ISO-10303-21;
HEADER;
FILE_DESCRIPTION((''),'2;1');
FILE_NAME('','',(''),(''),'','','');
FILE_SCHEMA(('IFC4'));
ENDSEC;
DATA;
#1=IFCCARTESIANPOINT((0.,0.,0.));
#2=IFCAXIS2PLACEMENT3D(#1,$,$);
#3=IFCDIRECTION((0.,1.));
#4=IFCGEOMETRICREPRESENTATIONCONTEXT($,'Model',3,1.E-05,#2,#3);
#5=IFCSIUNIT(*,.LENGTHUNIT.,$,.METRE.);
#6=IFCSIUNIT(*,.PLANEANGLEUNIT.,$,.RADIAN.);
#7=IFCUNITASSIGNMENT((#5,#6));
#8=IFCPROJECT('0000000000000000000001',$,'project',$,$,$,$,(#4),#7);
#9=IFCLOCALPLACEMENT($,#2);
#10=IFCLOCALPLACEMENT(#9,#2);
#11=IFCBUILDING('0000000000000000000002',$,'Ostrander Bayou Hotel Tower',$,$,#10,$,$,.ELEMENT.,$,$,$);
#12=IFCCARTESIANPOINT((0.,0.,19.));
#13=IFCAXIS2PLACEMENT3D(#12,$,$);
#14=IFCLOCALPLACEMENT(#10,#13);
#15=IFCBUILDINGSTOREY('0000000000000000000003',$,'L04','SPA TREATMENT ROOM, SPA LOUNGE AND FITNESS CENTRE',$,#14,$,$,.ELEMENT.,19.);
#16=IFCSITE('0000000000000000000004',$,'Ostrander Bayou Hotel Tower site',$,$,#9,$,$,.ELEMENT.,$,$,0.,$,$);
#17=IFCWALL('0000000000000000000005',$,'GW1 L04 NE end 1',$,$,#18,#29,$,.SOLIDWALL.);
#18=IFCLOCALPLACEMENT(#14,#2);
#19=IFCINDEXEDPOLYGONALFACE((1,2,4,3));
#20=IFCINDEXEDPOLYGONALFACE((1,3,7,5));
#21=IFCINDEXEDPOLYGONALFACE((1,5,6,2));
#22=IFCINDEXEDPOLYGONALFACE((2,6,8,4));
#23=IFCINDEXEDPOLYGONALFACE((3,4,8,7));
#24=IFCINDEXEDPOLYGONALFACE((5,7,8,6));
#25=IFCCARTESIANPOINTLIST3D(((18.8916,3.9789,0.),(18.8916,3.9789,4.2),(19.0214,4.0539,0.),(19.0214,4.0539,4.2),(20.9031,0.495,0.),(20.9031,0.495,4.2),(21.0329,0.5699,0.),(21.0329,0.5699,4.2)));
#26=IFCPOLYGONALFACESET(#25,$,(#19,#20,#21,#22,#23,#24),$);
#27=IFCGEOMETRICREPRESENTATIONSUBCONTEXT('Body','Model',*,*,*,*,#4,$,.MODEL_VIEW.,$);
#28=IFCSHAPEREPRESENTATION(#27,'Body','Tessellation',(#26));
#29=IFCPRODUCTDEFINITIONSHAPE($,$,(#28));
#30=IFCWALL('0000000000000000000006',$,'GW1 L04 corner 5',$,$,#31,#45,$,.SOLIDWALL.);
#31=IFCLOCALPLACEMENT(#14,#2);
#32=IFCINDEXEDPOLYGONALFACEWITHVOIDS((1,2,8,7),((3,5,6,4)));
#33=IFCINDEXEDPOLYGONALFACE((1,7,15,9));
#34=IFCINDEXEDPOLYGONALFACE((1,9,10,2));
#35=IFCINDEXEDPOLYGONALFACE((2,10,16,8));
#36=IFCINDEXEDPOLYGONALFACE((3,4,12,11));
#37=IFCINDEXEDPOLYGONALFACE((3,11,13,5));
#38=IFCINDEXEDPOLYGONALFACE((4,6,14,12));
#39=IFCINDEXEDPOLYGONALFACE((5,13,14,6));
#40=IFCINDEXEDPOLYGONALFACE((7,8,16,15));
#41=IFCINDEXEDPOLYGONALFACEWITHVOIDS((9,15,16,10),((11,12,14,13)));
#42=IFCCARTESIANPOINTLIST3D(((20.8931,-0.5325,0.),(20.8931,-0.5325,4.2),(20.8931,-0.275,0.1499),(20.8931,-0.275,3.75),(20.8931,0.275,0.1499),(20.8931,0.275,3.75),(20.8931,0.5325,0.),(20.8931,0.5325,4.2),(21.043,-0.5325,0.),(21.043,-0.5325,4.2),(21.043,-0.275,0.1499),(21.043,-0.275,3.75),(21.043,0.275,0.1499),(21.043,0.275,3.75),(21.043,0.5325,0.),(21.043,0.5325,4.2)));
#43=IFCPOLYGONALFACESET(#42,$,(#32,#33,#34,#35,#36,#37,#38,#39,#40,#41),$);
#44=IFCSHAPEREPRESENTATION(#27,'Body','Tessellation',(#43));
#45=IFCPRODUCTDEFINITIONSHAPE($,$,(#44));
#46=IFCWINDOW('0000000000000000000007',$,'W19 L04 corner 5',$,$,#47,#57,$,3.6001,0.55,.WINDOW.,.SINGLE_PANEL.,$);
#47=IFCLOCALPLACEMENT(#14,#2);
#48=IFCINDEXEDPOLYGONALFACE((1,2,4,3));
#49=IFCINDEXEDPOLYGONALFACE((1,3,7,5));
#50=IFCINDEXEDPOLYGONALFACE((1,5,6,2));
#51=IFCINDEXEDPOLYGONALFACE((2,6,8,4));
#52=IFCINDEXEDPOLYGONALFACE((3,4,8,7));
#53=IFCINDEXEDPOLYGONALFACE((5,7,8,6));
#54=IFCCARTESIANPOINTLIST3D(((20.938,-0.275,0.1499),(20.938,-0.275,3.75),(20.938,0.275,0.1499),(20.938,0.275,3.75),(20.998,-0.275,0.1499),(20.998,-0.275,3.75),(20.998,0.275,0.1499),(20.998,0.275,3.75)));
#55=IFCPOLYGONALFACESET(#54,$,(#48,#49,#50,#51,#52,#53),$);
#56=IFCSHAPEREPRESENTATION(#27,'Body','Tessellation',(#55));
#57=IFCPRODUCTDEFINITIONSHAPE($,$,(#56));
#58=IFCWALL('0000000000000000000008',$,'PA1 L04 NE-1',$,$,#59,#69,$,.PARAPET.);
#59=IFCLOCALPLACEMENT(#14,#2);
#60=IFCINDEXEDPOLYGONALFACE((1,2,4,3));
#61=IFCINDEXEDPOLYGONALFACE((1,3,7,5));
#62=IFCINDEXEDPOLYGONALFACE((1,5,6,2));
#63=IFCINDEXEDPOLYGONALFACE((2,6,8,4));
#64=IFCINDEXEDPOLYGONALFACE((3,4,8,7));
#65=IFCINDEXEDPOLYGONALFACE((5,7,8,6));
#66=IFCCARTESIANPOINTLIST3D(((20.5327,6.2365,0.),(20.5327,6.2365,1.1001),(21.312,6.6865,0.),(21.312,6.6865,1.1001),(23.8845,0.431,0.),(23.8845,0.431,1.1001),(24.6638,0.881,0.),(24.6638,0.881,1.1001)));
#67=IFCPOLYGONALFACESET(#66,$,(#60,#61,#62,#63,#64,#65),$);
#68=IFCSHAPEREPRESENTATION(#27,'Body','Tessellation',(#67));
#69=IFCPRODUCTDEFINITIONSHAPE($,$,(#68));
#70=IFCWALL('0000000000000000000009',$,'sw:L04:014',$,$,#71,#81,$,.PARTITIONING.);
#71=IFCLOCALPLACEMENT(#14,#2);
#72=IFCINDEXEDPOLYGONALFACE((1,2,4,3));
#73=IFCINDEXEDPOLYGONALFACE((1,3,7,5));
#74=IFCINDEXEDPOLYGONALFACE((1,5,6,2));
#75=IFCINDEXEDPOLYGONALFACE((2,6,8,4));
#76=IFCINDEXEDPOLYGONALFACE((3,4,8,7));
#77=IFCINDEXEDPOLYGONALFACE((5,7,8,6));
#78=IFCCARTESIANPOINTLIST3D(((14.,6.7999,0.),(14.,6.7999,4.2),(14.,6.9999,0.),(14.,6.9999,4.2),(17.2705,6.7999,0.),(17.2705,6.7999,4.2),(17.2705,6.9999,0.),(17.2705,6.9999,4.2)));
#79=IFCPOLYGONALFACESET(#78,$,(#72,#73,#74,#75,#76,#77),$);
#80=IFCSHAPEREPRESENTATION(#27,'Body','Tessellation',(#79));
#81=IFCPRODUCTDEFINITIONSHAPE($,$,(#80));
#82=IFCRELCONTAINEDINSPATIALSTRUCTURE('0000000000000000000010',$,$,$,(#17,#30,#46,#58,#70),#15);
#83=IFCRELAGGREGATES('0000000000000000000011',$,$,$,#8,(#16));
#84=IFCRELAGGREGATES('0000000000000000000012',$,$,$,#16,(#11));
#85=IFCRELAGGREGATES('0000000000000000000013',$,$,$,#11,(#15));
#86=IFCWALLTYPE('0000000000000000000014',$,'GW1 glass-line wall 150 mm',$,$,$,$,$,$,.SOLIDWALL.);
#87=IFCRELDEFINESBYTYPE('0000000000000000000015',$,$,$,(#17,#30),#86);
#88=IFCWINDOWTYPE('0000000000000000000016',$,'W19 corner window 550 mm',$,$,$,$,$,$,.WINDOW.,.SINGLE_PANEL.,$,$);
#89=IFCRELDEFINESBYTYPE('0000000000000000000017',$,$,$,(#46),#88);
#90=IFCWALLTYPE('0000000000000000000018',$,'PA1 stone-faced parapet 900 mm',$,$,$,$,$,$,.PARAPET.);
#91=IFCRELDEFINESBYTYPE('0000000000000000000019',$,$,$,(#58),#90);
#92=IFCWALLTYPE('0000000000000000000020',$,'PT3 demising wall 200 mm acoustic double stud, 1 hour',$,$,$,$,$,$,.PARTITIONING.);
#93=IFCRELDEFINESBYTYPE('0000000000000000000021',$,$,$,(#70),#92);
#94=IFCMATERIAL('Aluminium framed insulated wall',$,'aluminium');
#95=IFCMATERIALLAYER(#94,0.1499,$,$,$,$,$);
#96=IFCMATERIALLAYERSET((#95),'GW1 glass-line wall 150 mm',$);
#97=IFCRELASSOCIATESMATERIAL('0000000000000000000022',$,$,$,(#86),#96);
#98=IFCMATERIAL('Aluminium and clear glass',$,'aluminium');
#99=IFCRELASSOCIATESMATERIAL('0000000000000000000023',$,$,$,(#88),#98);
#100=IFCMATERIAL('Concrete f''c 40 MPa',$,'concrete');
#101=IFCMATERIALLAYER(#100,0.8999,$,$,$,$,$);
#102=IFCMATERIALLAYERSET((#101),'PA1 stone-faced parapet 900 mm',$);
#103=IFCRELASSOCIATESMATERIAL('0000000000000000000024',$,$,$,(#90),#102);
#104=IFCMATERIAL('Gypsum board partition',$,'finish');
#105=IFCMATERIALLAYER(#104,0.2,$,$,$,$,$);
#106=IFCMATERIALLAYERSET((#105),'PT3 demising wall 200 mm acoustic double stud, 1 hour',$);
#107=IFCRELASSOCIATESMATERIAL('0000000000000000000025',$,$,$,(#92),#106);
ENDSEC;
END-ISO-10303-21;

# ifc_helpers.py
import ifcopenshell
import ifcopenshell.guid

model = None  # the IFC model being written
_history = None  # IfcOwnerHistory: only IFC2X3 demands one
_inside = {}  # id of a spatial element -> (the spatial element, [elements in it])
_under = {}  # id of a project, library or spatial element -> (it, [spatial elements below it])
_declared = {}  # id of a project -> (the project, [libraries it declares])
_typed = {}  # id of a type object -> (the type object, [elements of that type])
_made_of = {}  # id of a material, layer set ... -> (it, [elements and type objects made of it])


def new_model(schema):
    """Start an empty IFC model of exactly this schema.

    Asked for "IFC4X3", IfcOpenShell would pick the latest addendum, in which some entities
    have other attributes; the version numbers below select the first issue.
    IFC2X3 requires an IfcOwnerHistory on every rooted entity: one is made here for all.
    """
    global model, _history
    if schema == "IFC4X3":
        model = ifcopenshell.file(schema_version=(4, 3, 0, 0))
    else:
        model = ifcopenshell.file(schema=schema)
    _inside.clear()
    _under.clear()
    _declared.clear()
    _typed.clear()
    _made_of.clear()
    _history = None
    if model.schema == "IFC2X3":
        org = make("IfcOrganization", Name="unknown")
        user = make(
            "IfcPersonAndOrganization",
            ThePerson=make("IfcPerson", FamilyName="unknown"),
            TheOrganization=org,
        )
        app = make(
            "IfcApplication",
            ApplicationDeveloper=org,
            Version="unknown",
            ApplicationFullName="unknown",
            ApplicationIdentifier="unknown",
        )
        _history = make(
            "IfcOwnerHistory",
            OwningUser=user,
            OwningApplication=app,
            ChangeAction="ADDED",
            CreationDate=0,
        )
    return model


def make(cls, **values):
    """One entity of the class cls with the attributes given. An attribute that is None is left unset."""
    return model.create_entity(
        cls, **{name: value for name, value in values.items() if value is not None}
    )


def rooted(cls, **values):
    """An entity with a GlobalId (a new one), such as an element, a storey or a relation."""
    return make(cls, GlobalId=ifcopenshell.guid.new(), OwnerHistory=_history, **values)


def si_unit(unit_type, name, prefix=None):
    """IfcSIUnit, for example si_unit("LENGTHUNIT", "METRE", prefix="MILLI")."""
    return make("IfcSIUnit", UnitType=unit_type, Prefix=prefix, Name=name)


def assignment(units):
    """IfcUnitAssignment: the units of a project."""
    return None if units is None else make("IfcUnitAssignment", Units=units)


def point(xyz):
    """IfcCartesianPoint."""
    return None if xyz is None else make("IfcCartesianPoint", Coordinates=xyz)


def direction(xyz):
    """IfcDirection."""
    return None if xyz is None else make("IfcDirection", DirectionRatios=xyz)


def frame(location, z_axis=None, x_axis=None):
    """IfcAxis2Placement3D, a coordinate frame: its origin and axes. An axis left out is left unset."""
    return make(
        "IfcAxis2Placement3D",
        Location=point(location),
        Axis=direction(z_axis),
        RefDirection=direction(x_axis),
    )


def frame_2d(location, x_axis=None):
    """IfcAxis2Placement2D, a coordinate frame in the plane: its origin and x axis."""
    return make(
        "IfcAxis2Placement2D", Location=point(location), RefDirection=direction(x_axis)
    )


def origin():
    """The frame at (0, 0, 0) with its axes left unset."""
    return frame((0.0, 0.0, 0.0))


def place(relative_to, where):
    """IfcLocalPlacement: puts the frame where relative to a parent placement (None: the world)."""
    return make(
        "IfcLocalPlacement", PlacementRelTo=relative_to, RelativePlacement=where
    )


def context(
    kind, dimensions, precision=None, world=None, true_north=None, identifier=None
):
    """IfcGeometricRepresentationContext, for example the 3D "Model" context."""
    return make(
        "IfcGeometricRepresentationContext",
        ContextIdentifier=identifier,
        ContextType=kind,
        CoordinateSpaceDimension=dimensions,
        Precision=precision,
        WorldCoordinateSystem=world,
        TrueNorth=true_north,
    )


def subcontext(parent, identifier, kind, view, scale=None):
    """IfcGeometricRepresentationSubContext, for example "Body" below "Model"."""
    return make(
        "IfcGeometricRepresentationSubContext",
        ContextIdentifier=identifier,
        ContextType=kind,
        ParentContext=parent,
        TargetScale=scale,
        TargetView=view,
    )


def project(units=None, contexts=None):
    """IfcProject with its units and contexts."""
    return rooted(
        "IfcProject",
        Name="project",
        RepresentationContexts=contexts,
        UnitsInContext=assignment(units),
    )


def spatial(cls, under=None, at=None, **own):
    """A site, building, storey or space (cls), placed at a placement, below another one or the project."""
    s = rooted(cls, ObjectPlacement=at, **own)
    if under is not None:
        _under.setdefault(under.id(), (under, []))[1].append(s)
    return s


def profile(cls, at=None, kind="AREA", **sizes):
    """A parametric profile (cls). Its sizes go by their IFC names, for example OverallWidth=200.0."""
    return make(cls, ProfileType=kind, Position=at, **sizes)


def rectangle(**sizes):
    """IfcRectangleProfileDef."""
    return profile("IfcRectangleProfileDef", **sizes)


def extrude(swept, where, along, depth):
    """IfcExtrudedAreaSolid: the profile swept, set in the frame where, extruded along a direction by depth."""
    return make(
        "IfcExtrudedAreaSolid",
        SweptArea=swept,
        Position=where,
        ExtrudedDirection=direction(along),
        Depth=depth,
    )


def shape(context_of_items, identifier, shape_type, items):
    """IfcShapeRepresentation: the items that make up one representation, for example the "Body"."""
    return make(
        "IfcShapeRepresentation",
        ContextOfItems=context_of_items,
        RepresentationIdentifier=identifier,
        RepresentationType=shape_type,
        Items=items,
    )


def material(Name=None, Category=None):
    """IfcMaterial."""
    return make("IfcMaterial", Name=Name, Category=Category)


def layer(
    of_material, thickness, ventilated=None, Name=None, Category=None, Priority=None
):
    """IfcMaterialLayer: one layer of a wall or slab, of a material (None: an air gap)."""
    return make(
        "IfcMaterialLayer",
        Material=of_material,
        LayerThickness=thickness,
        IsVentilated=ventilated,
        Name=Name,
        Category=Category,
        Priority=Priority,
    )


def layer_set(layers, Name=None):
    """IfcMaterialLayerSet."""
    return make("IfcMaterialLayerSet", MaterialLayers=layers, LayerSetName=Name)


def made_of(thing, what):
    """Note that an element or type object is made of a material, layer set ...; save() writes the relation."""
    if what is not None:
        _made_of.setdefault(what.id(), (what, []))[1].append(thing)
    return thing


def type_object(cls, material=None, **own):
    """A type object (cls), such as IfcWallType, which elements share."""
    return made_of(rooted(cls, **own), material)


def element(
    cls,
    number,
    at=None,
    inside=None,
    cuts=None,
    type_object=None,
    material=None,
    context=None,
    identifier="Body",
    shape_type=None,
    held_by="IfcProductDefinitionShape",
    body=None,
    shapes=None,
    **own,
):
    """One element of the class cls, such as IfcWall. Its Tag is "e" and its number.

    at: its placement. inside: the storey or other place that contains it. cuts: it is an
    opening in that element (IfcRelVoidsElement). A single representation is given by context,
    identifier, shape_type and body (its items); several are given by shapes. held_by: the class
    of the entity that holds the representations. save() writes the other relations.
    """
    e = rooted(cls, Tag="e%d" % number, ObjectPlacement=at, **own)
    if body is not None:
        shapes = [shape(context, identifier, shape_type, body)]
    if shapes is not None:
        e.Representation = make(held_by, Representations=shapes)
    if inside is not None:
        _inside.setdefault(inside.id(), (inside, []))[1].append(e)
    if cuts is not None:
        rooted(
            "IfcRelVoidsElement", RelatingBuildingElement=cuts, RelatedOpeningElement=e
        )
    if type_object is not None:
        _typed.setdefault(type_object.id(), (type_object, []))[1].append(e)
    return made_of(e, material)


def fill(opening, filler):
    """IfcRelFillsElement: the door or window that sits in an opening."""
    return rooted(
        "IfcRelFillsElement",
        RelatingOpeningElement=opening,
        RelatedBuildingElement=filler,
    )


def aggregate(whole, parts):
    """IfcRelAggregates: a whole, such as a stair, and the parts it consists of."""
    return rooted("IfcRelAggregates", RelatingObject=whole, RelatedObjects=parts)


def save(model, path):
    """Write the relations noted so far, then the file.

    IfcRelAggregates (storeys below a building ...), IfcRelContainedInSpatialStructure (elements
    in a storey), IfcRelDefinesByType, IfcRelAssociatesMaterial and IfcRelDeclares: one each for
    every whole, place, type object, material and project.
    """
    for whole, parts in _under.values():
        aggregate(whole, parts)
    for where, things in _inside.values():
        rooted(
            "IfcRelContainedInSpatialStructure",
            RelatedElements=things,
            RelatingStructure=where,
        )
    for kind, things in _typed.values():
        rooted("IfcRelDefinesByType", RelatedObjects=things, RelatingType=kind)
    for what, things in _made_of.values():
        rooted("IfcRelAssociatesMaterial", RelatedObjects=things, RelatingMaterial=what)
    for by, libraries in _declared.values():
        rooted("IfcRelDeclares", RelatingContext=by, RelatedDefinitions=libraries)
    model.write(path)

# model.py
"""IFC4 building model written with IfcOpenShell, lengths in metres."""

from ifc_helpers import new_model, si_unit, direction, frame, frame_2d, origin, place, context, subcontext, project, spatial, rectangle, extrude, material, layer, layer_set, type_object, element, fill, save


model = new_model("IFC4")

# Units and contexts
model_context = context("Model", 3, precision=1e-05, world=origin(), true_north=direction((0.0, 1.0)))
body_context = subcontext(model_context, "Body", "Model", "MODEL_VIEW")
ifc_project = project(units=[si_unit("LENGTHUNIT", "METRE"), si_unit("PLANEANGLEUNIT", "RADIAN")], contexts=[model_context])

# Site, building, storey
site_placement = place(None, origin())
site = spatial("IfcSite", under=ifc_project, at=site_placement, Name="Ostrander Bayou Hotel Tower site", CompositionType="ELEMENT", RefElevation=0.0)
building_placement = place(site_placement, origin())
building = spatial("IfcBuilding", under=site, at=building_placement, Name="Ostrander Bayou Hotel Tower", CompositionType="ELEMENT")
storey_placement = place(building_placement, frame((0.0, 0.0, 19.0)))
storey = spatial("IfcBuildingStorey", under=building, at=storey_placement, Name="L04", Description="SPA TREATMENT ROOM, SPA LOUNGE AND FITNESS CENTRE", CompositionType="ELEMENT", Elevation=19.0)

# Wall
ifc_material_1 = material(Name="Aluminium framed insulated wall", Category="aluminium")
ifc_layer_1 = layer(ifc_material_1, 0.1499)
ifc_layer_set_1 = layer_set([ifc_layer_1], Name="GW1 glass-line wall 150 mm")
wall_type_1 = type_object("IfcWallType", Name="GW1 glass-line wall 150 mm", PredefinedType="SOLIDWALL", material=ifc_layer_set_1)
wall_1_placement = place(storey_placement, frame((20.968, 0.5325, 0.0), z_axis=(0.0, 0.0, 1.0), x_axis=(-0.50001, 0.86602, 0.0)))
element("IfcWall", 1, at=wall_1_placement, inside=storey, type_object=wall_type_1, Name="GW1 L04 NE end 1", PredefinedType="SOLIDWALL", context=body_context, shape_type="SweptSolid", body=[
    extrude(rectangle(XDim=4.0229, YDim=0.1499, at=frame_2d((2.0115, 0.0))), origin(), (0.0, 0.0, 1.0), 4.2),
])

# Wall, opening, window
wall_2_placement = place(storey_placement, frame((20.968, -0.5325, 0.0), z_axis=(0.0, 0.0, 1.0), x_axis=(0.0, 1.0, 0.0)))
wall_2 = element("IfcWall", 2, at=wall_2_placement, inside=storey, type_object=wall_type_1, Name="GW1 L04 corner 5", PredefinedType="SOLIDWALL", context=body_context, shape_type="SweptSolid", body=[
    extrude(rectangle(XDim=1.0649, YDim=0.1499, at=frame_2d((0.5325, 0.0))), origin(), (0.0, 0.0, 1.0), 4.2),
])
opening_placement = place(wall_2_placement, frame((0.2576, 0.0, 0.1499)))
opening = element("IfcOpeningElement", 3, at=opening_placement, cuts=wall_2, PredefinedType="OPENING", context=body_context, shape_type="SweptSolid", body=[
    extrude(rectangle(XDim=0.55, YDim=3.6001, at=frame_2d((0.2749, 1.8))), frame((0.0, 0.075, 0.0), z_axis=(0.0, -1.0, 0.0), x_axis=(1.0, 0.0, 0.0)), (0.0, 0.0, 1.0), 0.1499),
])
ifc_material_2 = material(Name="Aluminium and clear glass", Category="aluminium")
window_type = type_object("IfcWindowType", Name="W19 corner window 550 mm", PartitioningType="SINGLE_PANEL", PredefinedType="WINDOW", material=ifc_material_2)
window_placement = place(opening_placement, origin())
window = element("IfcWindow", 4, at=window_placement, inside=storey, type_object=window_type, Name="W19 L04 corner 5", OverallHeight=3.6001, OverallWidth=0.55, PartitioningType="SINGLE_PANEL", PredefinedType="WINDOW", context=body_context, shape_type="SweptSolid", body=[
    extrude(rectangle(XDim=0.55, YDim=3.6001, at=frame_2d((0.2749, 1.8))), frame((0.0, 0.03, 0.0), z_axis=(0.0, -1.0, 0.0), x_axis=(1.0, 0.0, 0.0)), (0.0, 0.0, 1.0), 0.0601),
])
fill(opening, window)

# Walls
ifc_material_3 = material(Name="Concrete f'c 40 MPa", Category="concrete")
ifc_layer_2 = layer(ifc_material_3, 0.8999)
ifc_layer_set_2 = layer_set([ifc_layer_2], Name="PA1 stone-faced parapet 900 mm")
wall_type_2 = type_object("IfcWallType", Name="PA1 stone-faced parapet 900 mm", PredefinedType="PARAPET", material=ifc_layer_set_2)
wall_3_placement = place(storey_placement, frame((24.2742, 0.656, 0.0), z_axis=(0.0, 0.0, 1.0), x_axis=(-0.500005, 0.866022, 0.0)))
element("IfcWall", 5, at=wall_3_placement, inside=storey, type_object=wall_type_2, Name="PA1 L04 NE-1", PredefinedType="PARAPET", context=body_context, shape_type="SweptSolid", body=[
    extrude(rectangle(XDim=6.7036, YDim=0.8999, at=frame_2d((3.3518, 0.0))), origin(), (0.0, 0.0, 1.0), 1.1001),
])
ifc_material_4 = material(Name="Gypsum board partition", Category="finish")
ifc_layer_3 = layer(ifc_material_4, 0.2)
ifc_layer_set_3 = layer_set([ifc_layer_3], Name="PT3 demising wall 200 mm acoustic double stud, 1 hour")
wall_type_3 = type_object("IfcWallType", Name="PT3 demising wall 200 mm acoustic double stud, 1 hour", PredefinedType="PARTITIONING", material=ifc_layer_set_3)
wall_4_placement = place(storey_placement, frame((14.0, 6.8999, 0.0), z_axis=(0.0, 0.0, 1.0), x_axis=(1.0, 0.0, 0.0)))
element("IfcWall", 6, at=wall_4_placement, inside=storey, type_object=wall_type_3, Name="sw:L04:014", PredefinedType="PARTITIONING", context=body_context, shape_type="SweptSolid", body=[
    extrude(rectangle(XDim=3.2705, YDim=0.2, at=frame_2d((1.6353, 0.0))), origin(), (0.0, 0.0, 1.0), 4.2),
])

save(model, "model.ifc")
